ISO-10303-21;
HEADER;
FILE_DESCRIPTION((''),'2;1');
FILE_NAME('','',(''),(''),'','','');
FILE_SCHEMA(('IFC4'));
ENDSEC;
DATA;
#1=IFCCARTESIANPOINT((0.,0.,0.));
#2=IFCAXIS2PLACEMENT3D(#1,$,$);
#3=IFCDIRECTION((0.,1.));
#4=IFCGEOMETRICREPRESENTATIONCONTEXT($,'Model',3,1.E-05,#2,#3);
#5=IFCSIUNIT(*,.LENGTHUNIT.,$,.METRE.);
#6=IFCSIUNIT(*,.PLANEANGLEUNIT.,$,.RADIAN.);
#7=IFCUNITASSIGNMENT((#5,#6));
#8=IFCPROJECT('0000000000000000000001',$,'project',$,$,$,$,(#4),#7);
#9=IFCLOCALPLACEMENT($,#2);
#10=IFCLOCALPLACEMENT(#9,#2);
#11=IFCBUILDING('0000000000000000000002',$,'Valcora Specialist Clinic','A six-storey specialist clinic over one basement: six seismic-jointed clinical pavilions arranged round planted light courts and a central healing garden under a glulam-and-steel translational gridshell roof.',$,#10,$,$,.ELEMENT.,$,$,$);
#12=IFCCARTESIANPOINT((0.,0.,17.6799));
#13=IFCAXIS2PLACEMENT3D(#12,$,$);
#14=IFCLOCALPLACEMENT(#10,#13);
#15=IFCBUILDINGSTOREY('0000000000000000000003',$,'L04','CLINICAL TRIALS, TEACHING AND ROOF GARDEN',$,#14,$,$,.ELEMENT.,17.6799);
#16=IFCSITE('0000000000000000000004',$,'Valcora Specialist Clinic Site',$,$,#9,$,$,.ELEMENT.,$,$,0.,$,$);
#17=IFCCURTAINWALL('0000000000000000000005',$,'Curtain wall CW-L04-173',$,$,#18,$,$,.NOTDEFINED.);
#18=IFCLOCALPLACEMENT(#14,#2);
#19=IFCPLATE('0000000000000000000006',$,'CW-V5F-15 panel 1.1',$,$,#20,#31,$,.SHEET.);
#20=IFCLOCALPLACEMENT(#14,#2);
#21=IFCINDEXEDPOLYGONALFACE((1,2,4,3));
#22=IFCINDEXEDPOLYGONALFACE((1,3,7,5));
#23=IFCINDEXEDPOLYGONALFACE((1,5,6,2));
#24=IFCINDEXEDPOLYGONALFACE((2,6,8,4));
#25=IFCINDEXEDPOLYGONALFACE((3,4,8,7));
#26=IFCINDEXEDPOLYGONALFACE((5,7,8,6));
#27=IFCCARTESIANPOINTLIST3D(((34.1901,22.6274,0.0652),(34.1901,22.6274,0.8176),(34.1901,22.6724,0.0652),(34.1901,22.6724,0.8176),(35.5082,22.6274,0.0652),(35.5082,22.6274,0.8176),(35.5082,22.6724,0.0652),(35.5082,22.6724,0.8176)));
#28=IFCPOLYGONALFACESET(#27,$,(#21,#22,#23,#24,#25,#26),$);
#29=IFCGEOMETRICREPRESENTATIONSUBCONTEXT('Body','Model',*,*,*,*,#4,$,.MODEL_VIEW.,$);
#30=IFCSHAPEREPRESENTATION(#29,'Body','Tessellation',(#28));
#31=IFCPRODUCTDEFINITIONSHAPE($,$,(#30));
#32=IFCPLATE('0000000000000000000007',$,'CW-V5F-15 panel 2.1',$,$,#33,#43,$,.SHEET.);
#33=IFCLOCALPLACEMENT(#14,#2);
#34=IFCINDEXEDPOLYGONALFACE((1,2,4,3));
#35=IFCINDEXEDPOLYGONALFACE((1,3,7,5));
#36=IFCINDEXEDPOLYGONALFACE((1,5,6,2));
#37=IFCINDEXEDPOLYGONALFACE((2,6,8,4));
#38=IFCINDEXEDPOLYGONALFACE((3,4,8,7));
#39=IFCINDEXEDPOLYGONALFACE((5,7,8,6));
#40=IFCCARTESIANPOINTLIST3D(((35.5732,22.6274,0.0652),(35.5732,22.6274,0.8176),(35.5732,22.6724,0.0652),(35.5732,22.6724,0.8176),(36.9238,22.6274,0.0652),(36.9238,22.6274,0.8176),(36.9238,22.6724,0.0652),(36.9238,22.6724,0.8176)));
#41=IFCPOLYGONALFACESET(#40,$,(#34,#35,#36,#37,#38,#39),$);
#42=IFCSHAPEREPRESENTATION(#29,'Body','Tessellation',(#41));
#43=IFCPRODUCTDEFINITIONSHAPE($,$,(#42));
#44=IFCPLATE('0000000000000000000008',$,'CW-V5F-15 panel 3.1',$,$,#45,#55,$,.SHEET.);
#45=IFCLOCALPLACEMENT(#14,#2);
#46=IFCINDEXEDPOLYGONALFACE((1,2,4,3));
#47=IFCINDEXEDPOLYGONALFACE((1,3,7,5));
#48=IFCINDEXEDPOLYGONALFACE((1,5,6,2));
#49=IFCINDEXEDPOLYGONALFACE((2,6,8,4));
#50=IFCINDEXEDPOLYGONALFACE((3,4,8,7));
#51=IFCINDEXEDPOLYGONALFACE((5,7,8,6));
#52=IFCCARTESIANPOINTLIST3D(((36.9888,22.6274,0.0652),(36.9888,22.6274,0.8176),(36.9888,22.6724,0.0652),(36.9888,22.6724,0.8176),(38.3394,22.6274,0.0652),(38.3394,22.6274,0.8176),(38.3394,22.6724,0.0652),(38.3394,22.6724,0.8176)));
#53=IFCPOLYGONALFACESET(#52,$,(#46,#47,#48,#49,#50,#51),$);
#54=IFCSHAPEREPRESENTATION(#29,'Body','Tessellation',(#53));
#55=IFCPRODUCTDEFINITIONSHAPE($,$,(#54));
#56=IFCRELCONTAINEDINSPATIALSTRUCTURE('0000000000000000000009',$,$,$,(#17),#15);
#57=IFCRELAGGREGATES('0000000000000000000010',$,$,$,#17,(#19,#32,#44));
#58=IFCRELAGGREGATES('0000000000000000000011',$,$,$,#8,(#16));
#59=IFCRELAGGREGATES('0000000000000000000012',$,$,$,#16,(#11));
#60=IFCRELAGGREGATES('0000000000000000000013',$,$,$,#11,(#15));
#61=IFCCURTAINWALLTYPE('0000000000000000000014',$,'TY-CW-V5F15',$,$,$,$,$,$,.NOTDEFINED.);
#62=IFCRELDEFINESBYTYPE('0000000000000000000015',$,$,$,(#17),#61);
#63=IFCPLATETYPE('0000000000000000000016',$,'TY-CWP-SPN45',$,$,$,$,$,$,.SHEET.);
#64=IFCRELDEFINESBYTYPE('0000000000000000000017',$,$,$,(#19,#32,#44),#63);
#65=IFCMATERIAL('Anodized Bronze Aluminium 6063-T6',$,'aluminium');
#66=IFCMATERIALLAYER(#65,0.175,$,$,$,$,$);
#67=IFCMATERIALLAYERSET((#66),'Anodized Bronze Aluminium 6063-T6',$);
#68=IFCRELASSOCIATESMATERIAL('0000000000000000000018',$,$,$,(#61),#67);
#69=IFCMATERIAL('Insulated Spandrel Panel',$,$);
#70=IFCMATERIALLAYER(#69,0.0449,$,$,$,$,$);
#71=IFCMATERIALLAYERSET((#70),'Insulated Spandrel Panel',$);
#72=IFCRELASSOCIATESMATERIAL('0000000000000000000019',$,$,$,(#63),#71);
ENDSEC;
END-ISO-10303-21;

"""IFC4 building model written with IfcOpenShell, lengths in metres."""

from ifc_helpers import new_model, si_unit, direction, frame, origin, origin_2d, place, context, subcontext, project, spatial, rectangle, extrude, material, layer, layer_set, type_object, element, aggregate, save


model = new_model("IFC4")

# Units and contexts
model_context = context("Model", 3, precision=1e-05, world=origin(), true_north=direction((0.0, 1.0)))
body_context = subcontext(model_context, "Body", "Model", "MODEL_VIEW")
ifc_project = project(units=[si_unit("LENGTHUNIT", "METRE"), si_unit("PLANEANGLEUNIT", "RADIAN")], contexts=[model_context])

# Site, building, storey
site_placement = place(None, origin())
site = spatial("IfcSite", under=ifc_project, at=site_placement, Name="Valcora Specialist Clinic Site", CompositionType="ELEMENT", RefElevation=0.0)
building_placement = place(site_placement, origin())
building = spatial("IfcBuilding", under=site, at=building_placement, Name="Valcora Specialist Clinic", Description="A six-storey specialist clinic over one basement: six seismic-jointed clinical pavilions arranged round planted light courts and a central healing garden under a glulam-and-steel translational gridshell roof.", CompositionType="ELEMENT")
storey_placement = place(building_placement, frame((0.0, 0.0, 17.6799)))
storey = spatial("IfcBuildingStorey", under=building, at=storey_placement, Name="L04", Description="CLINICAL TRIALS, TEACHING AND ROOF GARDEN", CompositionType="ELEMENT", Elevation=17.6799)

# Curtain wall
ifc_material_1 = material(Name="Anodized Bronze Aluminium 6063-T6", Category="aluminium")
ifc_layer_1 = layer(ifc_material_1, 0.175)
ifc_layer_set_1 = layer_set([ifc_layer_1], Name="Anodized Bronze Aluminium 6063-T6")
curtain_wall_type = type_object("IfcCurtainWallType", Name="TY-CW-V5F15", PredefinedType="NOTDEFINED", material=ifc_layer_set_1)
curtain_wall_1_placement = place(storey_placement, origin())
curtain_wall_1 = element("IfcCurtainWall", 1, at=curtain_wall_1_placement, inside=storey, type_object=curtain_wall_type, Name="Curtain wall CW-L04-173", PredefinedType="NOTDEFINED")

# Plates
ifc_material_2 = material(Name="Insulated Spandrel Panel")
ifc_layer_2 = layer(ifc_material_2, 0.0449)
ifc_layer_set_2 = layer_set([ifc_layer_2], Name="Insulated Spandrel Panel")
plate_type_1 = type_object("IfcPlateType", Name="TY-CWP-SPN45", PredefinedType="SHEET", material=ifc_layer_set_2)
plate_1_placement = place(storey_placement, frame((34.8491, 22.6499, 0.0652), z_axis=(0.0, 0.0, 1.0), x_axis=(1.0, 0.0, 0.0)))
plate_1 = element("IfcPlate", 2, at=plate_1_placement, type_object=plate_type_1, Name="CW-V5F-15 panel 1.1", PredefinedType="SHEET", context=body_context, shape_type="SweptSolid", body=[
    extrude(rectangle(XDim=1.3181, YDim=0.0449, at=origin_2d()), origin(), (0.0, 0.0, 1.0), 0.7524),
])
plate_2_placement = place(storey_placement, frame((36.2485, 22.6499, 0.0652), z_axis=(0.0, 0.0, 1.0), x_axis=(1.0, 0.0, 0.0)))
plate_2 = element("IfcPlate", 3, at=plate_2_placement, type_object=plate_type_1, Name="CW-V5F-15 panel 2.1", PredefinedType="SHEET", context=body_context, shape_type="SweptSolid", body=[
    extrude(rectangle(XDim=1.3506, YDim=0.0449, at=origin_2d()), origin(), (0.0, 0.0, 1.0), 0.7524),
])
plate_3_placement = place(storey_placement, frame((37.6641, 22.6499, 0.0652), z_axis=(0.0, 0.0, 1.0), x_axis=(1.0, 0.0, 0.0)))
plate_3 = element("IfcPlate", 4, at=plate_3_placement, type_object=plate_type_1, Name="CW-V5F-15 panel 3.1", PredefinedType="SHEET", context=body_context, shape_type="SweptSolid", body=[
    extrude(rectangle(XDim=1.3506, YDim=0.0449, at=origin_2d()), origin(), (0.0, 0.0, 1.0), 0.7524),
])
aggregate(curtain_wall_1, [plate_1, plate_2, plate_3])

save(model, "model.ifc")
